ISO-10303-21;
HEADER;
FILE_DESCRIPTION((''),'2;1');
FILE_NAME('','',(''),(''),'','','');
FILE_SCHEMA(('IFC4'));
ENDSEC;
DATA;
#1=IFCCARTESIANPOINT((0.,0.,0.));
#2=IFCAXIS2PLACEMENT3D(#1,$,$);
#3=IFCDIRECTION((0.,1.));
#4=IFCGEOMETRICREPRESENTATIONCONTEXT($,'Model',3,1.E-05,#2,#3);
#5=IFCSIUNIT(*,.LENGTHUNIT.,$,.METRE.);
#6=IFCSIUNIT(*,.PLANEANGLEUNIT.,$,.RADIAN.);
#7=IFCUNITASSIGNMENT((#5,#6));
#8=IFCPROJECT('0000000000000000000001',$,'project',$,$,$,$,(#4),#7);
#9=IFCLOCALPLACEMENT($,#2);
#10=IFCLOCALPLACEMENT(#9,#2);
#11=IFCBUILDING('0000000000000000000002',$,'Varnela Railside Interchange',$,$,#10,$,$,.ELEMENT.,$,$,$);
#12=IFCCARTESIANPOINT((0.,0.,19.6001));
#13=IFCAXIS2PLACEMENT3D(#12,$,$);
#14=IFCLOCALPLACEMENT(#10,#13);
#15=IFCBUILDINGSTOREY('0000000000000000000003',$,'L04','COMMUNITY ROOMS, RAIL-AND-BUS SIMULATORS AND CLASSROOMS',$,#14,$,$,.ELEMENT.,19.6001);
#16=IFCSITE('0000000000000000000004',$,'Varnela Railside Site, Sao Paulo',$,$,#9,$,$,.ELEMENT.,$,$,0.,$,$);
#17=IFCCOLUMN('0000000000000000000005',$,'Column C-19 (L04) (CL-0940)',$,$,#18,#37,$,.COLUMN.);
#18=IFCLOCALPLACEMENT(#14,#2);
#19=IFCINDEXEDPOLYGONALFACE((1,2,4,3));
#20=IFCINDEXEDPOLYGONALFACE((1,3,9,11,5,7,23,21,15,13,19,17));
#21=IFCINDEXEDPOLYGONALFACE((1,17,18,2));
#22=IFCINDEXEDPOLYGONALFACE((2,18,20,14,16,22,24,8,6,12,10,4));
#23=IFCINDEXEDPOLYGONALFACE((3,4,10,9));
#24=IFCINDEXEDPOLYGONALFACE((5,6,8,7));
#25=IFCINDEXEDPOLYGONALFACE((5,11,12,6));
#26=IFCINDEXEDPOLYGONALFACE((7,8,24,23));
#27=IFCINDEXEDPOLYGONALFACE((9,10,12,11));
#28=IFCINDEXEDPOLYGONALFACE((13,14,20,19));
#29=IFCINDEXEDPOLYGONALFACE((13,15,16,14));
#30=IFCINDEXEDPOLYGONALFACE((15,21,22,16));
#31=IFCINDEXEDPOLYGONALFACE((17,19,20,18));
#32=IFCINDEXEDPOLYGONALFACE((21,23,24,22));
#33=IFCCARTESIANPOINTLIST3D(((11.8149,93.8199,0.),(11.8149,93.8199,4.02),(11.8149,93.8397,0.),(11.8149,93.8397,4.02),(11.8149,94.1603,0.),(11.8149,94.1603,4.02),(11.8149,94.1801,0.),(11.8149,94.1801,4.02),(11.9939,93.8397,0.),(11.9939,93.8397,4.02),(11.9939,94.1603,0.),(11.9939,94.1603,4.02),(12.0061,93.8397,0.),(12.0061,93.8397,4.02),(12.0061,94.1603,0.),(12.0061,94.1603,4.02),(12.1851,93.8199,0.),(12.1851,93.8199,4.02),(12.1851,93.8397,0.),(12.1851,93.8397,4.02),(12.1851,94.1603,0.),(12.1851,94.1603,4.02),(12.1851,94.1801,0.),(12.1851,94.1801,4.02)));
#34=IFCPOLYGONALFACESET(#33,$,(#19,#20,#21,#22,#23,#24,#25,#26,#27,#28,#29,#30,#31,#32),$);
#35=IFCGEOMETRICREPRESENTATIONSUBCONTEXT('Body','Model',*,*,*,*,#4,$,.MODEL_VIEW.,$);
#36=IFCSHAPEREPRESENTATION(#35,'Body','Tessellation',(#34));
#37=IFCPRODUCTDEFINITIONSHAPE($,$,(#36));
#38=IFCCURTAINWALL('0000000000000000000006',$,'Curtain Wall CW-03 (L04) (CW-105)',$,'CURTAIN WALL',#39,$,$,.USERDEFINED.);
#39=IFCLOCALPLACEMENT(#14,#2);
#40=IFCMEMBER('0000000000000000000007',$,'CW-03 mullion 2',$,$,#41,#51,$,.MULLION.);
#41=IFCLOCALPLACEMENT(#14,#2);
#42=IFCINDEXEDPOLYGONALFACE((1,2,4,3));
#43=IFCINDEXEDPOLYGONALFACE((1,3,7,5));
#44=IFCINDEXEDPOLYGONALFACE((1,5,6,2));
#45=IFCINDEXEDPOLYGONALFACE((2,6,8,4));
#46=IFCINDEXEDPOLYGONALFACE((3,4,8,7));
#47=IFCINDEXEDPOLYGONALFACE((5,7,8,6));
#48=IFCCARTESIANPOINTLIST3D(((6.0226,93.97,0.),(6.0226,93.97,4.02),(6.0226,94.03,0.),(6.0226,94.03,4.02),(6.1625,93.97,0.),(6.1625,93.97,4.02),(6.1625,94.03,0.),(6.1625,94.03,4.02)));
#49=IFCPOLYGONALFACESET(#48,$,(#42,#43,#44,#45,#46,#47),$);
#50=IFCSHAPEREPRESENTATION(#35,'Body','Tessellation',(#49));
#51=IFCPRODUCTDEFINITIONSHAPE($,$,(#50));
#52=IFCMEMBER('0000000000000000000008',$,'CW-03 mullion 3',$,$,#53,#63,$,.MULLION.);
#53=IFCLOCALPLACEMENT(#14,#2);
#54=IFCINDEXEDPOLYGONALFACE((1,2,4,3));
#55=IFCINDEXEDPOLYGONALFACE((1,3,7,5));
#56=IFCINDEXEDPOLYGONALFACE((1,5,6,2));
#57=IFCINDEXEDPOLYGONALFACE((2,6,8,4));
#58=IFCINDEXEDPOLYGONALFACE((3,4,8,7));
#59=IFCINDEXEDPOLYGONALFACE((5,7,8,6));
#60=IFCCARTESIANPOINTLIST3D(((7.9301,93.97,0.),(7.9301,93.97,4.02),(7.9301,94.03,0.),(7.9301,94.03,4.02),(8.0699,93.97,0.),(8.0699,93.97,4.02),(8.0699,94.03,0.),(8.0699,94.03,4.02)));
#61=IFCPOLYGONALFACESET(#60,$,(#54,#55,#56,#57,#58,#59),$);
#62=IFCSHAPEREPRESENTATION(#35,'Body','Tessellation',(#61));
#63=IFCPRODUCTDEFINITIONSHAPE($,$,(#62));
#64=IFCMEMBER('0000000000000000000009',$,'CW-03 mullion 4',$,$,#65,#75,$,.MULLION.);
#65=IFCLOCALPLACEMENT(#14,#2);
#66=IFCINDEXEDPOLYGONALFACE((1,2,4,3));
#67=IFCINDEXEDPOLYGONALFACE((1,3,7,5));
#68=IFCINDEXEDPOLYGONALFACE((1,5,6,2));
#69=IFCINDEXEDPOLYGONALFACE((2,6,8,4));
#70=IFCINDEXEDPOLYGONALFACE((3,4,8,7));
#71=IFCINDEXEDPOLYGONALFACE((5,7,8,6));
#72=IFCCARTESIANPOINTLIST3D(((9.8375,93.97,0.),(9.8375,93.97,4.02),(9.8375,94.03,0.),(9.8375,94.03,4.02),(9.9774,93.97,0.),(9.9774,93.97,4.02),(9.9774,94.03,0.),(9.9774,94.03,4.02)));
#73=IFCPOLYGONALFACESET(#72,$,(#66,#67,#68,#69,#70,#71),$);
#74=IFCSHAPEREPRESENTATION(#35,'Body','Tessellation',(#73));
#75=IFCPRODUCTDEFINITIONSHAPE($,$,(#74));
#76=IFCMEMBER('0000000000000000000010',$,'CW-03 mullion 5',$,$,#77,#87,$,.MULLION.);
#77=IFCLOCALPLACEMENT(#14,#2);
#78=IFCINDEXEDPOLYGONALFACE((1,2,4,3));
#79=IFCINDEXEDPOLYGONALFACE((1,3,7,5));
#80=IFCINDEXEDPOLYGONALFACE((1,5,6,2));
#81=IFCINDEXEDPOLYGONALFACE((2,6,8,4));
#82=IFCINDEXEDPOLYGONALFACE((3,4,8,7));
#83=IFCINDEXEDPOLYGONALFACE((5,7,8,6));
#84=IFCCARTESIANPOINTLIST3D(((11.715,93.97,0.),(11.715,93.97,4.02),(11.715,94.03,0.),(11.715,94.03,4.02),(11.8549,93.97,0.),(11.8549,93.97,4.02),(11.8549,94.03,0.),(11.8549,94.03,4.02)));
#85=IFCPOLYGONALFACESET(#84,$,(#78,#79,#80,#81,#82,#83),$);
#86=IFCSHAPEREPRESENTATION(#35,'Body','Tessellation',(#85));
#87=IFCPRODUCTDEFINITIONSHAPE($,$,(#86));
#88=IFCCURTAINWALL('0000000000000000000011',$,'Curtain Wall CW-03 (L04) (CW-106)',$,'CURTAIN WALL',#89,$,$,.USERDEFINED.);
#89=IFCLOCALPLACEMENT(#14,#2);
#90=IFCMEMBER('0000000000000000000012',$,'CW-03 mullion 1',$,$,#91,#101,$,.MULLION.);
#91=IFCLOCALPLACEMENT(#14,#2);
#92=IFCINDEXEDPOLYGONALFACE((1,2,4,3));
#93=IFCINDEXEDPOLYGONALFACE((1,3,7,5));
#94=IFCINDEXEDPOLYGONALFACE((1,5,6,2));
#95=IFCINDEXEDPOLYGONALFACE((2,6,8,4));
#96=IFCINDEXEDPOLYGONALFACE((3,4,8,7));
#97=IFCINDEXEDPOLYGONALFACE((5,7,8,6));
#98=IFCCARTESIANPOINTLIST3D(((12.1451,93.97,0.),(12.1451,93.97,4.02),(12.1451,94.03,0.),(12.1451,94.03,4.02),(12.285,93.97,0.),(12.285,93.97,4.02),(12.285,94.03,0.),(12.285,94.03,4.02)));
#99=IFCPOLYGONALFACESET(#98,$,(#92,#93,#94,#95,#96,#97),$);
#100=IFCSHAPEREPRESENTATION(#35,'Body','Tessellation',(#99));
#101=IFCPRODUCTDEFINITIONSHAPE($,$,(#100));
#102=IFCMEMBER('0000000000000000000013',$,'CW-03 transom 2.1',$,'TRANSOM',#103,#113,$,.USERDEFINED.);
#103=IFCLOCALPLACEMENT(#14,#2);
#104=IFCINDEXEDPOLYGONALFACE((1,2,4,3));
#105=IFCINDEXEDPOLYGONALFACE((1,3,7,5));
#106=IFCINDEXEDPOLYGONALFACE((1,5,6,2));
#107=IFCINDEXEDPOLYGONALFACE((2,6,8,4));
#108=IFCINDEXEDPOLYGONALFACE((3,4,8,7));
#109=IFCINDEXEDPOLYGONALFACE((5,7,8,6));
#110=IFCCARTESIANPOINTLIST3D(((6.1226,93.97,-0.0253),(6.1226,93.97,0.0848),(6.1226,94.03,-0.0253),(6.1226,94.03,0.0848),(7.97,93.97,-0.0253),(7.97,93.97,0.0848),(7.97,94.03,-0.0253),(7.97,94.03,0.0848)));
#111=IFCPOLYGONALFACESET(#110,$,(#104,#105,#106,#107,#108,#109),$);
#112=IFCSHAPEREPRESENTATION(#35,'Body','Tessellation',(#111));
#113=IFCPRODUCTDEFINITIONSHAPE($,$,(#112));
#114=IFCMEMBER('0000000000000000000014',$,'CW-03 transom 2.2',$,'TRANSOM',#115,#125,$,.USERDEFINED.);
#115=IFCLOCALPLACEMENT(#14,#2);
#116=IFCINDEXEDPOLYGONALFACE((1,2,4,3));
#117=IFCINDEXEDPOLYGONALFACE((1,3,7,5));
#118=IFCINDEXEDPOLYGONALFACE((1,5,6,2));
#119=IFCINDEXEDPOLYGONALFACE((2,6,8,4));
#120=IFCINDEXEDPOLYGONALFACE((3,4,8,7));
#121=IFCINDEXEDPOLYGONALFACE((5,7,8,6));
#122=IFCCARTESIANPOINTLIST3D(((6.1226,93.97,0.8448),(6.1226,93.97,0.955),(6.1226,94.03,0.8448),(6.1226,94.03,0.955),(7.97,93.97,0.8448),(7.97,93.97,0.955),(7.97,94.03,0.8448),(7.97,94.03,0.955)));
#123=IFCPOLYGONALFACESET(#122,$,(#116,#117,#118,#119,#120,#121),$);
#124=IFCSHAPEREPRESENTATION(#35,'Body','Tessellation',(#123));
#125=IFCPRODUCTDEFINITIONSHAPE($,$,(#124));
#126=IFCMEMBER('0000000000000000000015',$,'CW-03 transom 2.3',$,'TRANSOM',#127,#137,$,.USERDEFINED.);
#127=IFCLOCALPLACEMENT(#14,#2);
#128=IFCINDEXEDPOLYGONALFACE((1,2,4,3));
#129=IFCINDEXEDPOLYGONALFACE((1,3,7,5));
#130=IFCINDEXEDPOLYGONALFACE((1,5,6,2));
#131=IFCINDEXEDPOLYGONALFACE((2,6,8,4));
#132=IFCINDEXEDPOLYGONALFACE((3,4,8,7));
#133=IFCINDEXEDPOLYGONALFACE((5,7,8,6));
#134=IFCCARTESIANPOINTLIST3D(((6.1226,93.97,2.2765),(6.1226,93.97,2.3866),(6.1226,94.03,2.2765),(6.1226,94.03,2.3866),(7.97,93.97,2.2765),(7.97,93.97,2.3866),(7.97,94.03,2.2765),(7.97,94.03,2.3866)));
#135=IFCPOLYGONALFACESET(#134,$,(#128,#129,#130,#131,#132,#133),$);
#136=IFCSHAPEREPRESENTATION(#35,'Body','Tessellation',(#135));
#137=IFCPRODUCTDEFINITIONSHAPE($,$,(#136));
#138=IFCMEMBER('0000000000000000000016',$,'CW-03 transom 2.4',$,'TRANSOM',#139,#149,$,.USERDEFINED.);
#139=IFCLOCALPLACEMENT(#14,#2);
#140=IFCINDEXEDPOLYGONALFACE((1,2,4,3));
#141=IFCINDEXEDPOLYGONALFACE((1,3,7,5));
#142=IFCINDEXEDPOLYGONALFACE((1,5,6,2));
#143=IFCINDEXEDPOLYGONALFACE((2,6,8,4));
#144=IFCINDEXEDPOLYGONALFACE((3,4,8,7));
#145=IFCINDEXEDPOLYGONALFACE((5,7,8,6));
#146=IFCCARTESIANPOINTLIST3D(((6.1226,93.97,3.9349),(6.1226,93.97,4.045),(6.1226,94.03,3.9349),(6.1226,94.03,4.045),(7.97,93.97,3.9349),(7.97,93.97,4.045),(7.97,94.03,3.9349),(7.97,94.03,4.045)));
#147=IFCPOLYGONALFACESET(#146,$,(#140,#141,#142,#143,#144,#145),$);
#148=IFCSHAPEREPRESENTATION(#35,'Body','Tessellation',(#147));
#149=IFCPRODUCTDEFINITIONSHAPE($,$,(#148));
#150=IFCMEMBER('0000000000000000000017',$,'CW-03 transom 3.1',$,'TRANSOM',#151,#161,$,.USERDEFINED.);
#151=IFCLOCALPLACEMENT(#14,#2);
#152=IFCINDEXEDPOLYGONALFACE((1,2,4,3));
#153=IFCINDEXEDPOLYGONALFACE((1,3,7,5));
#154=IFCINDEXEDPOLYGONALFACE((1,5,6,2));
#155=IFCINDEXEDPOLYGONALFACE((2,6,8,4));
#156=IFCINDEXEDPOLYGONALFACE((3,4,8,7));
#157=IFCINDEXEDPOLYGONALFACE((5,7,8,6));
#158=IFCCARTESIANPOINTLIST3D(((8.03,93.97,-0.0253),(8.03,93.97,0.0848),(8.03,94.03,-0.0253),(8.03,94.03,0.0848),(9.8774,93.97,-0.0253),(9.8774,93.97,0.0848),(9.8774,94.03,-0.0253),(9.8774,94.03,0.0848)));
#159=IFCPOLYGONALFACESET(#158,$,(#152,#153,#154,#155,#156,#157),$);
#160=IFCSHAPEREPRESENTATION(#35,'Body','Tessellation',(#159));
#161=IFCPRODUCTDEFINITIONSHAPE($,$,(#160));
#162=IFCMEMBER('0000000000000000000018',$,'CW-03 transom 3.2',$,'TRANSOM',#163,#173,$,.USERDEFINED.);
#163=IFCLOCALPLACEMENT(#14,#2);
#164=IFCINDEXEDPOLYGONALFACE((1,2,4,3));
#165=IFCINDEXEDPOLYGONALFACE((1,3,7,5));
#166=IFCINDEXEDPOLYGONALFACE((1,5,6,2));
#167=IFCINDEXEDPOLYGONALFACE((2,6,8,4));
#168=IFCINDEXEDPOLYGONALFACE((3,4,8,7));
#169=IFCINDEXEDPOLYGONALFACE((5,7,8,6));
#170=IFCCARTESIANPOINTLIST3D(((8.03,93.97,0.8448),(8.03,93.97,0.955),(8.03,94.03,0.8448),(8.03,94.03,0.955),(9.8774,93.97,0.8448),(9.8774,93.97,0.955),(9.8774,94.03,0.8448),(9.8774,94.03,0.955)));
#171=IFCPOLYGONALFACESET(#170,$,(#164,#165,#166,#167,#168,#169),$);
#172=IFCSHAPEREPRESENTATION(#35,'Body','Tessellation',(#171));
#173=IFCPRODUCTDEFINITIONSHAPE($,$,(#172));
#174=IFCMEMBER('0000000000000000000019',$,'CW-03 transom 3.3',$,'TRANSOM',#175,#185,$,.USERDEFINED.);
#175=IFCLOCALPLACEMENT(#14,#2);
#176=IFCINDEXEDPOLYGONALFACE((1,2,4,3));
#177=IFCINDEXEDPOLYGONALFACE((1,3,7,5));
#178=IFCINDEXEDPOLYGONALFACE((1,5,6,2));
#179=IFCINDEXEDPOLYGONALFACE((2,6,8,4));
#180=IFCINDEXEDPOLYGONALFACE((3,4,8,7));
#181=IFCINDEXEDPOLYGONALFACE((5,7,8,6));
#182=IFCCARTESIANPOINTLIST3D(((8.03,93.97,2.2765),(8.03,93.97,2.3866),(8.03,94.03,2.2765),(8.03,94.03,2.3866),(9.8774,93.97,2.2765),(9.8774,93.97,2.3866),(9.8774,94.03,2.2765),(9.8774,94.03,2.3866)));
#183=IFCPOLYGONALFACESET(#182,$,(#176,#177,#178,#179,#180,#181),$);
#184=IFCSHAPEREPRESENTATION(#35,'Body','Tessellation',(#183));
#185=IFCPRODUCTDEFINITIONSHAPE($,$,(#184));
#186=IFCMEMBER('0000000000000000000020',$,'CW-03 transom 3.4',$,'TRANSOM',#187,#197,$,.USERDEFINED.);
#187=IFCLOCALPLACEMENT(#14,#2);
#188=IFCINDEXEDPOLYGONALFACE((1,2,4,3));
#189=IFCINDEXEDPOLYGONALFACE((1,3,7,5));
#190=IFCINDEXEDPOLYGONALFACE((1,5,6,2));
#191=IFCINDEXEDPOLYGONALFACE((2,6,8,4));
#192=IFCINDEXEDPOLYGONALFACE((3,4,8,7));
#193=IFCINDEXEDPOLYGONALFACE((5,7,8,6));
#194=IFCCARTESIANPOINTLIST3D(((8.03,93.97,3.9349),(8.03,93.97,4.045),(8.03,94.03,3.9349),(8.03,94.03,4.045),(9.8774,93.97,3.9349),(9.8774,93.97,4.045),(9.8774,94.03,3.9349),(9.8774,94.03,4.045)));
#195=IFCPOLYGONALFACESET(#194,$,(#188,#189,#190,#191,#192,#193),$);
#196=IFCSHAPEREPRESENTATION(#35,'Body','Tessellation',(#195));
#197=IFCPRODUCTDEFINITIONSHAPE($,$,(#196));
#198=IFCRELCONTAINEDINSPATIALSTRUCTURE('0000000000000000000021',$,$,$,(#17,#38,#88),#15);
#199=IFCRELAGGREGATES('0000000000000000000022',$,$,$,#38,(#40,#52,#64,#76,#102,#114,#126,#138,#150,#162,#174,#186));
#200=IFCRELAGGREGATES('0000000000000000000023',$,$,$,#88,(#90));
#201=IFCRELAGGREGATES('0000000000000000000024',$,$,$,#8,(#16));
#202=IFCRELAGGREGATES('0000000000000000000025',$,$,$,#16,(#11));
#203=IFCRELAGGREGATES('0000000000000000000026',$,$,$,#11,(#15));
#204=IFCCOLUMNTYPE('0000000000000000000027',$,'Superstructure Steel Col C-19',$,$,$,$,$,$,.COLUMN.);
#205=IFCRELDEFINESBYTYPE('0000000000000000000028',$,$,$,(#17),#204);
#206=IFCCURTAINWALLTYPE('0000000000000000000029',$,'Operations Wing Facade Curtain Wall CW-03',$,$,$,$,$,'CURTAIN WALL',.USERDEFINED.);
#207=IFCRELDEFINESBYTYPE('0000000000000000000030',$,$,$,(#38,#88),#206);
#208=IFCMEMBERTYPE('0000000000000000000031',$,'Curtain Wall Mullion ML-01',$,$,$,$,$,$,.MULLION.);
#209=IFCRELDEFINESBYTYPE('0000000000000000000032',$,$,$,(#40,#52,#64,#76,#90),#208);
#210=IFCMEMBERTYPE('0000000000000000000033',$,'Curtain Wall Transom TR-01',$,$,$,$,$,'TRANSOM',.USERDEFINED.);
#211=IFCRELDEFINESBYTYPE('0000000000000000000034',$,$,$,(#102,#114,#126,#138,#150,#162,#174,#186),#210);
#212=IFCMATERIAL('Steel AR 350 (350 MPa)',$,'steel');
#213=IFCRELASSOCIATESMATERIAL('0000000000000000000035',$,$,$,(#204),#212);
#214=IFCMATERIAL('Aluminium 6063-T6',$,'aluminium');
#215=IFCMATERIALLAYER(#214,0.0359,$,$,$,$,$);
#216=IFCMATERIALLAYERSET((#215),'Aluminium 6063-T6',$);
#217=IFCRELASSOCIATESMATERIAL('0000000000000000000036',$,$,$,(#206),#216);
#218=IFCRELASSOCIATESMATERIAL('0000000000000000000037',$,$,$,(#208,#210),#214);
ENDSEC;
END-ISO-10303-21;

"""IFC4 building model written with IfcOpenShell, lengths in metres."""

from ifc_helpers import new_model, si_unit, direction, frame, origin, origin_2d, place, context, subcontext, project, spatial, rectangle, i_section, extrude, material, layer, layer_set, material_profile, profile_set, type_object, element, aggregate, save


model = new_model("IFC4")

# Units and contexts
model_context = context("Model", 3, precision=1e-05, world=origin(), true_north=direction((0.0, 1.0)))
body_context = subcontext(model_context, "Body", "Model", "MODEL_VIEW")
ifc_project = project(units=[si_unit("LENGTHUNIT", "METRE"), si_unit("PLANEANGLEUNIT", "RADIAN")], contexts=[model_context])

# Site, building, storey
site_placement = place(None, origin())
site = spatial("IfcSite", under=ifc_project, at=site_placement, Name="Varnela Railside Site, Sao Paulo", CompositionType="ELEMENT", RefElevation=0.0)
building_placement = place(site_placement, origin())
building = spatial("IfcBuilding", under=site, at=building_placement, Name="Varnela Railside Interchange", CompositionType="ELEMENT")
storey_placement = place(building_placement, frame((0.0, 0.0, 19.6001)))
storey = spatial("IfcBuildingStorey", under=building, at=storey_placement, Name="L04", Description="COMMUNITY ROOMS, RAIL-AND-BUS SIMULATORS AND CLASSROOMS", CompositionType="ELEMENT", Elevation=19.6001)

# Column
ifc_material_1 = material(Name="Steel AR 350 (350 MPa)", Category="steel")
ifc_material_profile_1 = material_profile(ifc_material_1, i_section(OverallWidth=0.3701, OverallDepth=0.3601, WebThickness=0.0122, FlangeThickness=0.0198, at=origin_2d()), Name="W360x147")
ifc_profile_set_1 = profile_set([ifc_material_profile_1], Name="Steel AR 350 (350 MPa)")
column_type = type_object("IfcColumnType", Name="Superstructure Steel Col C-19", PredefinedType="COLUMN", material=ifc_profile_set_1)
column_placement = place(storey_placement, frame((12.0, 94.0, 0.0), z_axis=(0.0, 0.0, 1.0), x_axis=(1.0, 0.0, 0.0)))
element("IfcColumn", 1, at=column_placement, inside=storey, type_object=column_type, Name="Column C-19 (L04) (CL-0940)", PredefinedType="COLUMN", context=body_context, shape_type="SweptSolid", body=[
    extrude(i_section(OverallWidth=0.3701, OverallDepth=0.3601, WebThickness=0.0122, FlangeThickness=0.0198, at=origin_2d()), origin(), (0.0, 0.0, 1.0), 4.02),
])

# Curtain wall, members
ifc_material_2 = material(Name="Aluminium 6063-T6", Category="aluminium")
ifc_layer_1 = layer(ifc_material_2, 0.0359)
ifc_layer_set_1 = layer_set([ifc_layer_1], Name="Aluminium 6063-T6")
curtain_wall_type = type_object("IfcCurtainWallType", Name="Operations Wing Facade Curtain Wall CW-03", ElementType="CURTAIN WALL", PredefinedType="USERDEFINED", material=ifc_layer_set_1)
curtain_wall_1_placement = place(storey_placement, origin())
curtain_wall_1 = element("IfcCurtainWall", 2, at=curtain_wall_1_placement, inside=storey, type_object=curtain_wall_type, Name="Curtain Wall CW-03 (L04) (CW-105)", ObjectType="CURTAIN WALL", PredefinedType="USERDEFINED")
ifc_material_profile_2 = material_profile(ifc_material_2, rectangle(XDim=0.0601, YDim=0.1399, at=origin_2d()), Name="ALU 60x140")
ifc_profile_set_2 = profile_set([ifc_material_profile_2], Name="Aluminium 6063-T6")
member_type_1 = type_object("IfcMemberType", Name="Curtain Wall Mullion ML-01", PredefinedType="MULLION", material=ifc_profile_set_2)
member_1_placement = place(storey_placement, frame((6.0925, 94.0, 0.0), z_axis=(0.0, 0.0, 1.0), x_axis=(0.0, 1.0, 0.0)))
member_1 = element("IfcMember", 3, at=member_1_placement, type_object=member_type_1, Name="CW-03 mullion 2", PredefinedType="MULLION", context=body_context, shape_type="SweptSolid", body=[
    extrude(rectangle(XDim=0.0601, YDim=0.1399, at=origin_2d()), origin(), (0.0, 0.0, 1.0), 4.02),
])
member_2_placement = place(storey_placement, frame((8.0, 94.0, 0.0), z_axis=(0.0, 0.0, 1.0), x_axis=(0.0, 1.0, 0.0)))
member_2 = element("IfcMember", 4, at=member_2_placement, type_object=member_type_1, Name="CW-03 mullion 3", PredefinedType="MULLION", context=body_context, shape_type="SweptSolid", body=[
    extrude(rectangle(XDim=0.0601, YDim=0.1399, at=origin_2d()), origin(), (0.0, 0.0, 1.0), 4.02),
])
member_3_placement = place(storey_placement, frame((9.9075, 94.0, 0.0), z_axis=(0.0, 0.0, 1.0), x_axis=(0.0, 1.0, 0.0)))
member_3 = element("IfcMember", 5, at=member_3_placement, type_object=member_type_1, Name="CW-03 mullion 4", PredefinedType="MULLION", context=body_context, shape_type="SweptSolid", body=[
    extrude(rectangle(XDim=0.0601, YDim=0.1399, at=origin_2d()), origin(), (0.0, 0.0, 1.0), 4.02),
])
member_4_placement = place(storey_placement, frame((11.7849, 94.0, 0.0), z_axis=(0.0, 0.0, 1.0), x_axis=(0.0, 1.0, 0.0)))
member_4 = element("IfcMember", 6, at=member_4_placement, type_object=member_type_1, Name="CW-03 mullion 5", PredefinedType="MULLION", context=body_context, shape_type="SweptSolid", body=[
    extrude(rectangle(XDim=0.0601, YDim=0.1399, at=origin_2d()), origin(), (0.0, 0.0, 1.0), 4.02),
])

# Curtain wall, member
curtain_wall_2_placement = place(storey_placement, origin())
curtain_wall_2 = element("IfcCurtainWall", 7, at=curtain_wall_2_placement, inside=storey, type_object=curtain_wall_type, Name="Curtain Wall CW-03 (L04) (CW-106)", ObjectType="CURTAIN WALL", PredefinedType="USERDEFINED")
member_5_placement = place(storey_placement, frame((12.2151, 94.0, 0.0), z_axis=(0.0, 0.0, 1.0), x_axis=(0.0, 1.0, 0.0)))
member_5 = element("IfcMember", 8, at=member_5_placement, type_object=member_type_1, Name="CW-03 mullion 1", PredefinedType="MULLION", context=body_context, shape_type="SweptSolid", body=[
    extrude(rectangle(XDim=0.0601, YDim=0.1399, at=origin_2d()), origin(), (0.0, 0.0, 1.0), 4.02),
])

# Members
ifc_material_profile_3 = material_profile(ifc_material_2, rectangle(XDim=0.0601, YDim=0.1101, at=origin_2d()), Name="ALU 60x110")
ifc_profile_set_3 = profile_set([ifc_material_profile_3], Name="Aluminium 6063-T6")
member_type_2 = type_object("IfcMemberType", Name="Curtain Wall Transom TR-01", ElementType="TRANSOM", PredefinedType="USERDEFINED", material=ifc_profile_set_3)
member_6_placement = place(storey_placement, frame((6.1226, 94.0, 0.0298), z_axis=(1.0, 0.0, 0.0), x_axis=(0.0, 1.0, 0.0)))
member_6 = element("IfcMember", 9, at=member_6_placement, type_object=member_type_2, Name="CW-03 transom 2.1", ObjectType="TRANSOM", PredefinedType="USERDEFINED", context=body_context, shape_type="SweptSolid", body=[
    extrude(rectangle(XDim=0.0601, YDim=0.1101, at=origin_2d()), origin(), (0.0, 0.0, 1.0), 1.8474),
])
member_7_placement = place(storey_placement, frame((6.1226, 94.0, 0.8999), z_axis=(1.0, 0.0, 0.0), x_axis=(0.0, 1.0, 0.0)))
member_7 = element("IfcMember", 10, at=member_7_placement, type_object=member_type_2, Name="CW-03 transom 2.2", ObjectType="TRANSOM", PredefinedType="USERDEFINED", context=body_context, shape_type="SweptSolid", body=[
    extrude(rectangle(XDim=0.0601, YDim=0.1101, at=origin_2d()), origin(), (0.0, 0.0, 1.0), 1.8474),
])
member_8_placement = place(storey_placement, frame((6.1226, 94.0, 2.3315), z_axis=(1.0, 0.0, 0.0), x_axis=(0.0, 1.0, 0.0)))
member_8 = element("IfcMember", 11, at=member_8_placement, type_object=member_type_2, Name="CW-03 transom 2.3", ObjectType="TRANSOM", PredefinedType="USERDEFINED", context=body_context, shape_type="SweptSolid", body=[
    extrude(rectangle(XDim=0.0601, YDim=0.1101, at=origin_2d()), origin(), (0.0, 0.0, 1.0), 1.8474),
])
member_9_placement = place(storey_placement, frame((6.1226, 94.0, 3.99), z_axis=(1.0, 0.0, 0.0), x_axis=(0.0, 1.0, 0.0)))
member_9 = element("IfcMember", 12, at=member_9_placement, type_object=member_type_2, Name="CW-03 transom 2.4", ObjectType="TRANSOM", PredefinedType="USERDEFINED", context=body_context, shape_type="SweptSolid", body=[
    extrude(rectangle(XDim=0.0601, YDim=0.1101, at=origin_2d()), origin(), (0.0, 0.0, 1.0), 1.8474),
])
member_10_placement = place(storey_placement, frame((8.03, 94.0, 0.0298), z_axis=(1.0, 0.0, 0.0), x_axis=(0.0, 1.0, 0.0)))
member_10 = element("IfcMember", 13, at=member_10_placement, type_object=member_type_2, Name="CW-03 transom 3.1", ObjectType="TRANSOM", PredefinedType="USERDEFINED", context=body_context, shape_type="SweptSolid", body=[
    extrude(rectangle(XDim=0.0601, YDim=0.1101, at=origin_2d()), origin(), (0.0, 0.0, 1.0), 1.8474),
])
member_11_placement = place(storey_placement, frame((8.03, 94.0, 0.8999), z_axis=(1.0, 0.0, 0.0), x_axis=(0.0, 1.0, 0.0)))
member_11 = element("IfcMember", 14, at=member_11_placement, type_object=member_type_2, Name="CW-03 transom 3.2", ObjectType="TRANSOM", PredefinedType="USERDEFINED", context=body_context, shape_type="SweptSolid", body=[
    extrude(rectangle(XDim=0.0601, YDim=0.1101, at=origin_2d()), origin(), (0.0, 0.0, 1.0), 1.8474),
])
member_12_placement = place(storey_placement, frame((8.03, 94.0, 2.3315), z_axis=(1.0, 0.0, 0.0), x_axis=(0.0, 1.0, 0.0)))
member_12 = element("IfcMember", 15, at=member_12_placement, type_object=member_type_2, Name="CW-03 transom 3.3", ObjectType="TRANSOM", PredefinedType="USERDEFINED", context=body_context, shape_type="SweptSolid", body=[
    extrude(rectangle(XDim=0.0601, YDim=0.1101, at=origin_2d()), origin(), (0.0, 0.0, 1.0), 1.8474),
])
member_13_placement = place(storey_placement, frame((8.03, 94.0, 3.99), z_axis=(1.0, 0.0, 0.0), x_axis=(0.0, 1.0, 0.0)))
member_13 = element("IfcMember", 16, at=member_13_placement, type_object=member_type_2, Name="CW-03 transom 3.4", ObjectType="TRANSOM", PredefinedType="USERDEFINED", context=body_context, shape_type="SweptSolid", body=[
    extrude(rectangle(XDim=0.0601, YDim=0.1101, at=origin_2d()), origin(), (0.0, 0.0, 1.0), 1.8474),
])

aggregate(curtain_wall_1, [member_1, member_2, member_3, member_4, member_6, member_7, member_8, member_9, member_10, member_11, member_12, member_13])
aggregate(curtain_wall_2, [member_5])

save(model, "model.ifc")
